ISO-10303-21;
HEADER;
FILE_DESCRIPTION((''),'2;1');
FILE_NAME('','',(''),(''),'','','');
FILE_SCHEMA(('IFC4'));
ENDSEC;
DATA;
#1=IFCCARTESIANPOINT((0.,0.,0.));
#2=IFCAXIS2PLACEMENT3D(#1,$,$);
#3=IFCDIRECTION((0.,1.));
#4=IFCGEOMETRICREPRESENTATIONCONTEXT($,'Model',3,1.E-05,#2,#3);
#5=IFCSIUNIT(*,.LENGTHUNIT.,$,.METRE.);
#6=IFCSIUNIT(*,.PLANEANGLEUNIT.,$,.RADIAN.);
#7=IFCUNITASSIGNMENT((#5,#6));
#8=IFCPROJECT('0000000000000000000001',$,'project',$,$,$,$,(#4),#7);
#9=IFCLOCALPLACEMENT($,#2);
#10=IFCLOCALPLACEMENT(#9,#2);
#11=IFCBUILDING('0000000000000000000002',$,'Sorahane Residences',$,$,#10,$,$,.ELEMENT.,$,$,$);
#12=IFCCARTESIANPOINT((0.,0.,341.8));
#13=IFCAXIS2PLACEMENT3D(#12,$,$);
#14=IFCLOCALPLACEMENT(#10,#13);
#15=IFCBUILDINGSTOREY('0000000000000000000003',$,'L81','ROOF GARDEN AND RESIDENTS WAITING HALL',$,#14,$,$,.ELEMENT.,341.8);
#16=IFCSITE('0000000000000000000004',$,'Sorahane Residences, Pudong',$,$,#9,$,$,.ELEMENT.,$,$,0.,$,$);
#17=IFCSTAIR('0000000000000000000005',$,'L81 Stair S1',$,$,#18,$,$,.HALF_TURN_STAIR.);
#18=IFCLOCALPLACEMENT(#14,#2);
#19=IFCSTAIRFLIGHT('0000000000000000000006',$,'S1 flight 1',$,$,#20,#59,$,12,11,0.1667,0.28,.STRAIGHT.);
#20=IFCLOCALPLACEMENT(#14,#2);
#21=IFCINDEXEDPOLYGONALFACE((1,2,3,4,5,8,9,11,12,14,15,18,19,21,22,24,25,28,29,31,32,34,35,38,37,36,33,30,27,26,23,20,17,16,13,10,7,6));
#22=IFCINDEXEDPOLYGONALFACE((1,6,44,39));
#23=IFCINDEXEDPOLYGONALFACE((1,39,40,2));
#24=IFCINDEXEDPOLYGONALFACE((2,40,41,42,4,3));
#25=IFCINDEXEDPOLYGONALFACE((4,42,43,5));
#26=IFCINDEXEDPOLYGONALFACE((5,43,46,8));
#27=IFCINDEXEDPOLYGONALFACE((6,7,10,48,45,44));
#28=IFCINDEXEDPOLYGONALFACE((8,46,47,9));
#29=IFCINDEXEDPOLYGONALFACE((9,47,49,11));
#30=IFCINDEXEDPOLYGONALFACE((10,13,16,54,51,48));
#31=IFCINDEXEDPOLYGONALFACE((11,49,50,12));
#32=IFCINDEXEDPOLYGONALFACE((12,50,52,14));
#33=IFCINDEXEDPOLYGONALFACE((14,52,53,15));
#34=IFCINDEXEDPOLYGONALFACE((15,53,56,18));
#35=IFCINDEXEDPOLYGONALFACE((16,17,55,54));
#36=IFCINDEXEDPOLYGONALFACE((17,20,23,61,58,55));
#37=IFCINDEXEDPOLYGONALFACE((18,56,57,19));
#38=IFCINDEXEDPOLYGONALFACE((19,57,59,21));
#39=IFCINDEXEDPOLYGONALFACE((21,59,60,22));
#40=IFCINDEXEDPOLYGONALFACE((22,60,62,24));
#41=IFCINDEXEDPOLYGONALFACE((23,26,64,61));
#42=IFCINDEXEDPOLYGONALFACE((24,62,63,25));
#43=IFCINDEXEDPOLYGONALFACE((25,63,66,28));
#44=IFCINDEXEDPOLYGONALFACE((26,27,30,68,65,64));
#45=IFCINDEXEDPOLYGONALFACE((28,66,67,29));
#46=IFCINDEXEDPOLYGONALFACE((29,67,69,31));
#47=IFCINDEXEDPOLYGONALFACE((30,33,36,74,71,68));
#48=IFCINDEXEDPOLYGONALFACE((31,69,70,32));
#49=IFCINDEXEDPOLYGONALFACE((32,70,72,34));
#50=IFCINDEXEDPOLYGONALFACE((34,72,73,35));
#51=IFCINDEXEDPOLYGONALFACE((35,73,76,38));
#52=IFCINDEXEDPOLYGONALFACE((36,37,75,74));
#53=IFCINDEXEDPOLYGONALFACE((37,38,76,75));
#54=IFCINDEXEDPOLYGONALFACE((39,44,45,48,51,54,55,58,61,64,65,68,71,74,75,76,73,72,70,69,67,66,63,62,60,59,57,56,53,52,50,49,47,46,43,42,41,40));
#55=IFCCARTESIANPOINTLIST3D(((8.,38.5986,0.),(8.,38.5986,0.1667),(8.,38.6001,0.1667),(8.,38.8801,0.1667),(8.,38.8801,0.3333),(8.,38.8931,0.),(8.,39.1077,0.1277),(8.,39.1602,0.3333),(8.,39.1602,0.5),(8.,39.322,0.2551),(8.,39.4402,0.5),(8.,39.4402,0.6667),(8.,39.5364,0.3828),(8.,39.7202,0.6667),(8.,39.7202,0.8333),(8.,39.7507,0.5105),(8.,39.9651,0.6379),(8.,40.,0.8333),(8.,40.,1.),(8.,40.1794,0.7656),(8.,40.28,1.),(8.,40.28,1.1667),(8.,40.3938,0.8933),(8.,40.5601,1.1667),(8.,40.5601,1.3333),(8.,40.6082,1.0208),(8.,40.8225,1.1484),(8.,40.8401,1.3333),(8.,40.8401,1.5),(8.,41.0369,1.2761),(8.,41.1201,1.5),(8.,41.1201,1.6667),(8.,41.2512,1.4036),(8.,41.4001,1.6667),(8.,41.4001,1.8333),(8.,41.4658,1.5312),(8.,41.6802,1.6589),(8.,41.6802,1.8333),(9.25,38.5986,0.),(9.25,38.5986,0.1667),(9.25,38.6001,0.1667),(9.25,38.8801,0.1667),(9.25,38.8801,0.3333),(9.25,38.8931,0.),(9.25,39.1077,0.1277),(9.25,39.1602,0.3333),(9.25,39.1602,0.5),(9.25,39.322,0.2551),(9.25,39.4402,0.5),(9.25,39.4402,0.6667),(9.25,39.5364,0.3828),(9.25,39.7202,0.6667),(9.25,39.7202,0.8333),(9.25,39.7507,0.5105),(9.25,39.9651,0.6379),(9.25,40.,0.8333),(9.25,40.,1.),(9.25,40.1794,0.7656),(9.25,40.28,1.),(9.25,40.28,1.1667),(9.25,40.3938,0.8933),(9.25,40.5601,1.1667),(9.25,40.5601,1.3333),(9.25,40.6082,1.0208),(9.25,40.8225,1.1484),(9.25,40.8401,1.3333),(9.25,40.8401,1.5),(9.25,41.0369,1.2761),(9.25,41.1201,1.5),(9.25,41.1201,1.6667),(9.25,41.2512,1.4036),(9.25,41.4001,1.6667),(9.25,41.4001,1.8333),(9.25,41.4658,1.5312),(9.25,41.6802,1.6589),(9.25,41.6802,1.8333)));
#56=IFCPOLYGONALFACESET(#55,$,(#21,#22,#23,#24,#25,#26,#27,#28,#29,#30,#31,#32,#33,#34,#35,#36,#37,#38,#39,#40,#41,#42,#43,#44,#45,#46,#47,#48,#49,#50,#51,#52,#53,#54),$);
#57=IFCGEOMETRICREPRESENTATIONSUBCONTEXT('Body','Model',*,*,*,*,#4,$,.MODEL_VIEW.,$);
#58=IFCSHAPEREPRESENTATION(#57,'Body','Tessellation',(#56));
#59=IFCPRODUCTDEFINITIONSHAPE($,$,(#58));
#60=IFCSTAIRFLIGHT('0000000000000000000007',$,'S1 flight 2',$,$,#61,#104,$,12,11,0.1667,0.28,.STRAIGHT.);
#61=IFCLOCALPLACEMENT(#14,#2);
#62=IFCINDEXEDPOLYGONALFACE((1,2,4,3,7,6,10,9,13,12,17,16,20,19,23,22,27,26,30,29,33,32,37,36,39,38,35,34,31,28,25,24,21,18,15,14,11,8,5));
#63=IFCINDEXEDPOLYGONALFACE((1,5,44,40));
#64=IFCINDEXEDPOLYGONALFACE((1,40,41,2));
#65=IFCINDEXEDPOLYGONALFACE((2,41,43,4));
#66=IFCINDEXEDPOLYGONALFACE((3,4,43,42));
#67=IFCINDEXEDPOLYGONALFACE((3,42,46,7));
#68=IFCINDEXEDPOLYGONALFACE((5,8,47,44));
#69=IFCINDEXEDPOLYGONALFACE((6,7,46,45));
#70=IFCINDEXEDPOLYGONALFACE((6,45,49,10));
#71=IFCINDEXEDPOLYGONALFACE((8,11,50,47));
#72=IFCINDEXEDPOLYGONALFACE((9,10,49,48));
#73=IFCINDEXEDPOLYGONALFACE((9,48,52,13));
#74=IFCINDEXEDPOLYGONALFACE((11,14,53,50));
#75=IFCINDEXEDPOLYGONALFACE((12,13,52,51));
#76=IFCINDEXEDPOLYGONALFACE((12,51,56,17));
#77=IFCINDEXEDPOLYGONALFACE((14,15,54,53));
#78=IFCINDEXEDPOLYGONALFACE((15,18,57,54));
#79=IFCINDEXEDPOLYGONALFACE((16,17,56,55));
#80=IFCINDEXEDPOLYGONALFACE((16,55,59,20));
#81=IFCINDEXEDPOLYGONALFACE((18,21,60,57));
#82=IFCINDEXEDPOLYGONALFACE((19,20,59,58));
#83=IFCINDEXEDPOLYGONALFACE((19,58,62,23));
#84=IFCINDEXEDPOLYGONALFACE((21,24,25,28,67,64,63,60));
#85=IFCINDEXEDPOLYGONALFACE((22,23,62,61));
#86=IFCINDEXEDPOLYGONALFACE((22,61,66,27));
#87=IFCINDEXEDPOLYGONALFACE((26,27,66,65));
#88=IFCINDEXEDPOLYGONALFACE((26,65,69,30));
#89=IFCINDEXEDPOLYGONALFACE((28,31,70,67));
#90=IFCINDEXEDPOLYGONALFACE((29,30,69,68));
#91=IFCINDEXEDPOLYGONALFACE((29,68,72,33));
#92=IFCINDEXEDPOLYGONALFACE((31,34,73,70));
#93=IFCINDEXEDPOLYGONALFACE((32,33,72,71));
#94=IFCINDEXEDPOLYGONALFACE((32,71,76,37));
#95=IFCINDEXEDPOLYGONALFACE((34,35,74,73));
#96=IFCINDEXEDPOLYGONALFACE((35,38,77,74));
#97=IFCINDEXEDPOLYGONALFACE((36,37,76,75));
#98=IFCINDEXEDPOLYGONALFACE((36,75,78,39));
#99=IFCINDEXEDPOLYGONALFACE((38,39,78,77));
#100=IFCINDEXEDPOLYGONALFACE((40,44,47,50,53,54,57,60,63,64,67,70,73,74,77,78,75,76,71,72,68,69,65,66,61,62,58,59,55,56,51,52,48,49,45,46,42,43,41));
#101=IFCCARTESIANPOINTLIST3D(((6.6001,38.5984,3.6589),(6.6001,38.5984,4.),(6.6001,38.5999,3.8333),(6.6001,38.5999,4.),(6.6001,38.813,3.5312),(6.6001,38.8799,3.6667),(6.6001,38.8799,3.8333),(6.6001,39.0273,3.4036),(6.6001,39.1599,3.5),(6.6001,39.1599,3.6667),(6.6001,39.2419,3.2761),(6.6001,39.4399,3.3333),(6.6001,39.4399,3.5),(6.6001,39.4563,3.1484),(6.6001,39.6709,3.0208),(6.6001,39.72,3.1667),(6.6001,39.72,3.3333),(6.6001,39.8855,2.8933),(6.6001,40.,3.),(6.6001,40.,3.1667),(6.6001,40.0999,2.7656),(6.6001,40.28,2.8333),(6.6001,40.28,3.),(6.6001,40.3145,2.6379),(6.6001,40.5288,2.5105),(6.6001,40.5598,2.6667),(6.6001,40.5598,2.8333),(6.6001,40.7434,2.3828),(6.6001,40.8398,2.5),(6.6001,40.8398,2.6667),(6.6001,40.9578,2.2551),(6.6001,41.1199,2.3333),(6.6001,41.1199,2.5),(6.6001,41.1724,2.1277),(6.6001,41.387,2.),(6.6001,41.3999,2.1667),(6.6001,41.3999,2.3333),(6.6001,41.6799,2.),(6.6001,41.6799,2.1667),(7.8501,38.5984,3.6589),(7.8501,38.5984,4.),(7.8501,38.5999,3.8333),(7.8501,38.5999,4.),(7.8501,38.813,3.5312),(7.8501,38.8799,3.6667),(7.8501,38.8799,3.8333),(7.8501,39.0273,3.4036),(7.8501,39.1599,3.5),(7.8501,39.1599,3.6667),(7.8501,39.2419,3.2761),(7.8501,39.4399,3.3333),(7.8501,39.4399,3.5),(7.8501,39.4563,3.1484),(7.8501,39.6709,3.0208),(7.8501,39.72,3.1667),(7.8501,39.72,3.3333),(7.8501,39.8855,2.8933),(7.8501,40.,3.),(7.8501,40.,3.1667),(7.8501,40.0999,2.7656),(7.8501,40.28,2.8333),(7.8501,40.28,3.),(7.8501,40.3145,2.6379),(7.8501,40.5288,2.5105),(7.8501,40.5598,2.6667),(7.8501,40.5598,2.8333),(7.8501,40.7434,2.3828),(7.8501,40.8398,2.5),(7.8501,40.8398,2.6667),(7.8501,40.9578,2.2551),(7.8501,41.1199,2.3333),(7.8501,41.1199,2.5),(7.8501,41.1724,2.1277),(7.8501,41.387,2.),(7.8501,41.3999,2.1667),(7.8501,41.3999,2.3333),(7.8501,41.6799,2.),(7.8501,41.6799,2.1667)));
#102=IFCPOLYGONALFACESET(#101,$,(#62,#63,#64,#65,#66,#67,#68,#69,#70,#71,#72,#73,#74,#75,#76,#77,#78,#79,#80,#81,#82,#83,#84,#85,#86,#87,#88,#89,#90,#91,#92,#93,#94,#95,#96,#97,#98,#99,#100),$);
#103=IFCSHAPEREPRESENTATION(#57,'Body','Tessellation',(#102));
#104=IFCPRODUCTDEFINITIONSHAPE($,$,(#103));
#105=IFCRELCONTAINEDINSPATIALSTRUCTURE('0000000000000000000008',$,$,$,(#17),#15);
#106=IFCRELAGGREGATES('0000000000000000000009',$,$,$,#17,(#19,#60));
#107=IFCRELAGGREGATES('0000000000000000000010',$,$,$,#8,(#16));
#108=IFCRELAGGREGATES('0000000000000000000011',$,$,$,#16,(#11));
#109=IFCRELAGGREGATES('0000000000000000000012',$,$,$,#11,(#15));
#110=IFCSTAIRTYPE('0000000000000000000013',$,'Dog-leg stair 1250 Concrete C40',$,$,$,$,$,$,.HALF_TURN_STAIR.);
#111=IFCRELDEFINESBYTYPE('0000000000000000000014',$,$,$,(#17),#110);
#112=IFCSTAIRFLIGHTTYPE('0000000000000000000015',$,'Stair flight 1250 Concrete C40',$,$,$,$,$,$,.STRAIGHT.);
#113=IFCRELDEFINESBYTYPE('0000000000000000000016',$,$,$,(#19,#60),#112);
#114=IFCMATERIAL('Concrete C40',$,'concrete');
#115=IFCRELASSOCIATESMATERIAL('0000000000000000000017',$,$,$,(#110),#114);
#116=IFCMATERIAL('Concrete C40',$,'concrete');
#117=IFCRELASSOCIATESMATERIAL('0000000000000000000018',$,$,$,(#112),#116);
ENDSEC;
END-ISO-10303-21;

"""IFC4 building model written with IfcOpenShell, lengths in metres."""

from ifc_helpers import new_model, si_unit, direction, frame, origin, place, context, subcontext, project, spatial, polyline, outline, extrude, material, type_object, element, aggregate, save


model = new_model("IFC4")

# Units and contexts
model_context = context("Model", 3, precision=1e-05, world=origin(), true_north=direction((0.0, 1.0)))
body_context = subcontext(model_context, "Body", "Model", "MODEL_VIEW")
ifc_project = project(units=[si_unit("LENGTHUNIT", "METRE"), si_unit("PLANEANGLEUNIT", "RADIAN")], contexts=[model_context])

# Site, building, storey
site_placement = place(None, origin())
site = spatial("IfcSite", under=ifc_project, at=site_placement, Name="Sorahane Residences, Pudong", CompositionType="ELEMENT", RefElevation=0.0)
building_placement = place(site_placement, origin())
building = spatial("IfcBuilding", under=site, at=building_placement, Name="Sorahane Residences", CompositionType="ELEMENT")
storey_placement = place(building_placement, frame((0.0, 0.0, 341.8)))
storey = spatial("IfcBuildingStorey", under=building, at=storey_placement, Name="L81", Description="ROOF GARDEN AND RESIDENTS WAITING HALL", CompositionType="ELEMENT", Elevation=341.8)

# Stair, stair flights
ifc_material_1 = material(Name="Concrete C40", Category="concrete")
stair_type = type_object("IfcStairType", Name="Dog-leg stair 1250 Concrete C40", PredefinedType="HALF_TURN_STAIR", material=ifc_material_1)
stair_placement = place(storey_placement, origin())
stair = element("IfcStair", 1, at=stair_placement, inside=storey, type_object=stair_type, Name="L81 Stair S1", PredefinedType="HALF_TURN_STAIR")
ifc_material_2 = material(Name="Concrete C40", Category="concrete")
stair_flight_type = type_object("IfcStairFlightType", Name="Stair flight 1250 Concrete C40", PredefinedType="STRAIGHT", material=ifc_material_2)
stair_flight_1_placement = place(storey_placement, frame((8.625, 38.6001, 0.0), z_axis=(0.0, 0.0, 1.0), x_axis=(0.0, 1.0, 0.0)))
stair_flight_1 = element("IfcStairFlight", 2, at=stair_flight_1_placement, type_object=stair_flight_type, Name="S1 flight 1", NumberOfRisers=12, NumberOfTreads=11, PredefinedType="STRAIGHT", RiserHeight=0.1667, TreadLength=0.28, context=body_context, shape_type="SweptSolid", body=[
    extrude(outline(polyline([(-0.0015, 0.0), (-0.0015, 0.1667), (0.0, 0.1667), (0.28, 0.1667), (0.28, 0.3333), (0.5601, 0.3333), (0.5601, 0.5), (0.8401, 0.5), (0.8401, 0.6667), (1.1201, 0.6667), (1.1201, 0.8333), (1.3999, 0.8333), (1.3999, 1.0), (1.6799, 1.0), (1.6799, 1.1667), (1.96, 1.1667), (1.96, 1.3333), (2.24, 1.3333), (2.24, 1.5), (2.52, 1.5), (2.52, 1.6667), (2.8, 1.6667), (2.8, 1.8333), (3.0801, 1.8333), (3.0801, 2.0), (3.0801, 1.6589), (2.8657, 1.5312), (2.6511, 1.4036), (2.4368, 1.2761), (2.2224, 1.1484), (2.0081, 1.0208), (1.7937, 0.8933), (1.5793, 0.7656), (1.365, 0.6379), (1.1506, 0.5105), (0.9363, 0.3828), (0.7219, 0.2551), (0.5076, 0.1277), (0.293, 0.0), (-0.0015, 0.0)])), frame((0.0, 0.625, 0.0), z_axis=(0.0, -1.0, 0.0), x_axis=(1.0, 0.0, 0.0)), (0.0, 0.0, 1.0), 1.25),
])
stair_flight_2_placement = place(storey_placement, frame((7.2251, 41.6799, 2.0), z_axis=(0.0, 0.0, 1.0), x_axis=(0.0, -1.0, 0.0)))
stair_flight_2 = element("IfcStairFlight", 3, at=stair_flight_2_placement, type_object=stair_flight_type, Name="S1 flight 2", NumberOfRisers=12, NumberOfTreads=11, PredefinedType="STRAIGHT", RiserHeight=0.1667, TreadLength=0.28, context=body_context, shape_type="SweptSolid", body=[
    extrude(outline(polyline([(0.0, 0.0), (0.0, 0.1667), (0.28, 0.1667), (0.28, 0.3333), (0.5601, 0.3333), (0.5601, 0.5), (0.8401, 0.5), (0.8401, 0.6667), (1.1201, 0.6667), (1.1201, 0.8333), (1.3999, 0.8333), (1.3999, 1.0), (1.6799, 1.0), (1.6799, 1.1667), (1.96, 1.1667), (1.96, 1.3333), (2.24, 1.3333), (2.24, 1.5), (2.52, 1.5), (2.52, 1.6667), (2.8, 1.6667), (2.8, 1.8333), (3.0801, 1.8333), (3.0801, 2.0), (3.0815, 2.0), (3.0815, 1.6589), (2.8669, 1.5312), (2.6526, 1.4036), (2.438, 1.2761), (2.2236, 1.1484), (2.009, 1.0208), (1.7944, 0.8933), (1.5801, 0.7656), (1.3655, 0.6379), (1.1511, 0.5105), (0.9365, 0.3828), (0.7222, 0.2551), (0.5076, 0.1277), (0.293, 0.0), (0.0, 0.0)])), frame((0.0, 0.625, 0.0), z_axis=(0.0, -1.0, 0.0), x_axis=(1.0, 0.0, 0.0)), (0.0, 0.0, 1.0), 1.25),
])
aggregate(stair, [stair_flight_1, stair_flight_2])

save(model, "model.ifc")
